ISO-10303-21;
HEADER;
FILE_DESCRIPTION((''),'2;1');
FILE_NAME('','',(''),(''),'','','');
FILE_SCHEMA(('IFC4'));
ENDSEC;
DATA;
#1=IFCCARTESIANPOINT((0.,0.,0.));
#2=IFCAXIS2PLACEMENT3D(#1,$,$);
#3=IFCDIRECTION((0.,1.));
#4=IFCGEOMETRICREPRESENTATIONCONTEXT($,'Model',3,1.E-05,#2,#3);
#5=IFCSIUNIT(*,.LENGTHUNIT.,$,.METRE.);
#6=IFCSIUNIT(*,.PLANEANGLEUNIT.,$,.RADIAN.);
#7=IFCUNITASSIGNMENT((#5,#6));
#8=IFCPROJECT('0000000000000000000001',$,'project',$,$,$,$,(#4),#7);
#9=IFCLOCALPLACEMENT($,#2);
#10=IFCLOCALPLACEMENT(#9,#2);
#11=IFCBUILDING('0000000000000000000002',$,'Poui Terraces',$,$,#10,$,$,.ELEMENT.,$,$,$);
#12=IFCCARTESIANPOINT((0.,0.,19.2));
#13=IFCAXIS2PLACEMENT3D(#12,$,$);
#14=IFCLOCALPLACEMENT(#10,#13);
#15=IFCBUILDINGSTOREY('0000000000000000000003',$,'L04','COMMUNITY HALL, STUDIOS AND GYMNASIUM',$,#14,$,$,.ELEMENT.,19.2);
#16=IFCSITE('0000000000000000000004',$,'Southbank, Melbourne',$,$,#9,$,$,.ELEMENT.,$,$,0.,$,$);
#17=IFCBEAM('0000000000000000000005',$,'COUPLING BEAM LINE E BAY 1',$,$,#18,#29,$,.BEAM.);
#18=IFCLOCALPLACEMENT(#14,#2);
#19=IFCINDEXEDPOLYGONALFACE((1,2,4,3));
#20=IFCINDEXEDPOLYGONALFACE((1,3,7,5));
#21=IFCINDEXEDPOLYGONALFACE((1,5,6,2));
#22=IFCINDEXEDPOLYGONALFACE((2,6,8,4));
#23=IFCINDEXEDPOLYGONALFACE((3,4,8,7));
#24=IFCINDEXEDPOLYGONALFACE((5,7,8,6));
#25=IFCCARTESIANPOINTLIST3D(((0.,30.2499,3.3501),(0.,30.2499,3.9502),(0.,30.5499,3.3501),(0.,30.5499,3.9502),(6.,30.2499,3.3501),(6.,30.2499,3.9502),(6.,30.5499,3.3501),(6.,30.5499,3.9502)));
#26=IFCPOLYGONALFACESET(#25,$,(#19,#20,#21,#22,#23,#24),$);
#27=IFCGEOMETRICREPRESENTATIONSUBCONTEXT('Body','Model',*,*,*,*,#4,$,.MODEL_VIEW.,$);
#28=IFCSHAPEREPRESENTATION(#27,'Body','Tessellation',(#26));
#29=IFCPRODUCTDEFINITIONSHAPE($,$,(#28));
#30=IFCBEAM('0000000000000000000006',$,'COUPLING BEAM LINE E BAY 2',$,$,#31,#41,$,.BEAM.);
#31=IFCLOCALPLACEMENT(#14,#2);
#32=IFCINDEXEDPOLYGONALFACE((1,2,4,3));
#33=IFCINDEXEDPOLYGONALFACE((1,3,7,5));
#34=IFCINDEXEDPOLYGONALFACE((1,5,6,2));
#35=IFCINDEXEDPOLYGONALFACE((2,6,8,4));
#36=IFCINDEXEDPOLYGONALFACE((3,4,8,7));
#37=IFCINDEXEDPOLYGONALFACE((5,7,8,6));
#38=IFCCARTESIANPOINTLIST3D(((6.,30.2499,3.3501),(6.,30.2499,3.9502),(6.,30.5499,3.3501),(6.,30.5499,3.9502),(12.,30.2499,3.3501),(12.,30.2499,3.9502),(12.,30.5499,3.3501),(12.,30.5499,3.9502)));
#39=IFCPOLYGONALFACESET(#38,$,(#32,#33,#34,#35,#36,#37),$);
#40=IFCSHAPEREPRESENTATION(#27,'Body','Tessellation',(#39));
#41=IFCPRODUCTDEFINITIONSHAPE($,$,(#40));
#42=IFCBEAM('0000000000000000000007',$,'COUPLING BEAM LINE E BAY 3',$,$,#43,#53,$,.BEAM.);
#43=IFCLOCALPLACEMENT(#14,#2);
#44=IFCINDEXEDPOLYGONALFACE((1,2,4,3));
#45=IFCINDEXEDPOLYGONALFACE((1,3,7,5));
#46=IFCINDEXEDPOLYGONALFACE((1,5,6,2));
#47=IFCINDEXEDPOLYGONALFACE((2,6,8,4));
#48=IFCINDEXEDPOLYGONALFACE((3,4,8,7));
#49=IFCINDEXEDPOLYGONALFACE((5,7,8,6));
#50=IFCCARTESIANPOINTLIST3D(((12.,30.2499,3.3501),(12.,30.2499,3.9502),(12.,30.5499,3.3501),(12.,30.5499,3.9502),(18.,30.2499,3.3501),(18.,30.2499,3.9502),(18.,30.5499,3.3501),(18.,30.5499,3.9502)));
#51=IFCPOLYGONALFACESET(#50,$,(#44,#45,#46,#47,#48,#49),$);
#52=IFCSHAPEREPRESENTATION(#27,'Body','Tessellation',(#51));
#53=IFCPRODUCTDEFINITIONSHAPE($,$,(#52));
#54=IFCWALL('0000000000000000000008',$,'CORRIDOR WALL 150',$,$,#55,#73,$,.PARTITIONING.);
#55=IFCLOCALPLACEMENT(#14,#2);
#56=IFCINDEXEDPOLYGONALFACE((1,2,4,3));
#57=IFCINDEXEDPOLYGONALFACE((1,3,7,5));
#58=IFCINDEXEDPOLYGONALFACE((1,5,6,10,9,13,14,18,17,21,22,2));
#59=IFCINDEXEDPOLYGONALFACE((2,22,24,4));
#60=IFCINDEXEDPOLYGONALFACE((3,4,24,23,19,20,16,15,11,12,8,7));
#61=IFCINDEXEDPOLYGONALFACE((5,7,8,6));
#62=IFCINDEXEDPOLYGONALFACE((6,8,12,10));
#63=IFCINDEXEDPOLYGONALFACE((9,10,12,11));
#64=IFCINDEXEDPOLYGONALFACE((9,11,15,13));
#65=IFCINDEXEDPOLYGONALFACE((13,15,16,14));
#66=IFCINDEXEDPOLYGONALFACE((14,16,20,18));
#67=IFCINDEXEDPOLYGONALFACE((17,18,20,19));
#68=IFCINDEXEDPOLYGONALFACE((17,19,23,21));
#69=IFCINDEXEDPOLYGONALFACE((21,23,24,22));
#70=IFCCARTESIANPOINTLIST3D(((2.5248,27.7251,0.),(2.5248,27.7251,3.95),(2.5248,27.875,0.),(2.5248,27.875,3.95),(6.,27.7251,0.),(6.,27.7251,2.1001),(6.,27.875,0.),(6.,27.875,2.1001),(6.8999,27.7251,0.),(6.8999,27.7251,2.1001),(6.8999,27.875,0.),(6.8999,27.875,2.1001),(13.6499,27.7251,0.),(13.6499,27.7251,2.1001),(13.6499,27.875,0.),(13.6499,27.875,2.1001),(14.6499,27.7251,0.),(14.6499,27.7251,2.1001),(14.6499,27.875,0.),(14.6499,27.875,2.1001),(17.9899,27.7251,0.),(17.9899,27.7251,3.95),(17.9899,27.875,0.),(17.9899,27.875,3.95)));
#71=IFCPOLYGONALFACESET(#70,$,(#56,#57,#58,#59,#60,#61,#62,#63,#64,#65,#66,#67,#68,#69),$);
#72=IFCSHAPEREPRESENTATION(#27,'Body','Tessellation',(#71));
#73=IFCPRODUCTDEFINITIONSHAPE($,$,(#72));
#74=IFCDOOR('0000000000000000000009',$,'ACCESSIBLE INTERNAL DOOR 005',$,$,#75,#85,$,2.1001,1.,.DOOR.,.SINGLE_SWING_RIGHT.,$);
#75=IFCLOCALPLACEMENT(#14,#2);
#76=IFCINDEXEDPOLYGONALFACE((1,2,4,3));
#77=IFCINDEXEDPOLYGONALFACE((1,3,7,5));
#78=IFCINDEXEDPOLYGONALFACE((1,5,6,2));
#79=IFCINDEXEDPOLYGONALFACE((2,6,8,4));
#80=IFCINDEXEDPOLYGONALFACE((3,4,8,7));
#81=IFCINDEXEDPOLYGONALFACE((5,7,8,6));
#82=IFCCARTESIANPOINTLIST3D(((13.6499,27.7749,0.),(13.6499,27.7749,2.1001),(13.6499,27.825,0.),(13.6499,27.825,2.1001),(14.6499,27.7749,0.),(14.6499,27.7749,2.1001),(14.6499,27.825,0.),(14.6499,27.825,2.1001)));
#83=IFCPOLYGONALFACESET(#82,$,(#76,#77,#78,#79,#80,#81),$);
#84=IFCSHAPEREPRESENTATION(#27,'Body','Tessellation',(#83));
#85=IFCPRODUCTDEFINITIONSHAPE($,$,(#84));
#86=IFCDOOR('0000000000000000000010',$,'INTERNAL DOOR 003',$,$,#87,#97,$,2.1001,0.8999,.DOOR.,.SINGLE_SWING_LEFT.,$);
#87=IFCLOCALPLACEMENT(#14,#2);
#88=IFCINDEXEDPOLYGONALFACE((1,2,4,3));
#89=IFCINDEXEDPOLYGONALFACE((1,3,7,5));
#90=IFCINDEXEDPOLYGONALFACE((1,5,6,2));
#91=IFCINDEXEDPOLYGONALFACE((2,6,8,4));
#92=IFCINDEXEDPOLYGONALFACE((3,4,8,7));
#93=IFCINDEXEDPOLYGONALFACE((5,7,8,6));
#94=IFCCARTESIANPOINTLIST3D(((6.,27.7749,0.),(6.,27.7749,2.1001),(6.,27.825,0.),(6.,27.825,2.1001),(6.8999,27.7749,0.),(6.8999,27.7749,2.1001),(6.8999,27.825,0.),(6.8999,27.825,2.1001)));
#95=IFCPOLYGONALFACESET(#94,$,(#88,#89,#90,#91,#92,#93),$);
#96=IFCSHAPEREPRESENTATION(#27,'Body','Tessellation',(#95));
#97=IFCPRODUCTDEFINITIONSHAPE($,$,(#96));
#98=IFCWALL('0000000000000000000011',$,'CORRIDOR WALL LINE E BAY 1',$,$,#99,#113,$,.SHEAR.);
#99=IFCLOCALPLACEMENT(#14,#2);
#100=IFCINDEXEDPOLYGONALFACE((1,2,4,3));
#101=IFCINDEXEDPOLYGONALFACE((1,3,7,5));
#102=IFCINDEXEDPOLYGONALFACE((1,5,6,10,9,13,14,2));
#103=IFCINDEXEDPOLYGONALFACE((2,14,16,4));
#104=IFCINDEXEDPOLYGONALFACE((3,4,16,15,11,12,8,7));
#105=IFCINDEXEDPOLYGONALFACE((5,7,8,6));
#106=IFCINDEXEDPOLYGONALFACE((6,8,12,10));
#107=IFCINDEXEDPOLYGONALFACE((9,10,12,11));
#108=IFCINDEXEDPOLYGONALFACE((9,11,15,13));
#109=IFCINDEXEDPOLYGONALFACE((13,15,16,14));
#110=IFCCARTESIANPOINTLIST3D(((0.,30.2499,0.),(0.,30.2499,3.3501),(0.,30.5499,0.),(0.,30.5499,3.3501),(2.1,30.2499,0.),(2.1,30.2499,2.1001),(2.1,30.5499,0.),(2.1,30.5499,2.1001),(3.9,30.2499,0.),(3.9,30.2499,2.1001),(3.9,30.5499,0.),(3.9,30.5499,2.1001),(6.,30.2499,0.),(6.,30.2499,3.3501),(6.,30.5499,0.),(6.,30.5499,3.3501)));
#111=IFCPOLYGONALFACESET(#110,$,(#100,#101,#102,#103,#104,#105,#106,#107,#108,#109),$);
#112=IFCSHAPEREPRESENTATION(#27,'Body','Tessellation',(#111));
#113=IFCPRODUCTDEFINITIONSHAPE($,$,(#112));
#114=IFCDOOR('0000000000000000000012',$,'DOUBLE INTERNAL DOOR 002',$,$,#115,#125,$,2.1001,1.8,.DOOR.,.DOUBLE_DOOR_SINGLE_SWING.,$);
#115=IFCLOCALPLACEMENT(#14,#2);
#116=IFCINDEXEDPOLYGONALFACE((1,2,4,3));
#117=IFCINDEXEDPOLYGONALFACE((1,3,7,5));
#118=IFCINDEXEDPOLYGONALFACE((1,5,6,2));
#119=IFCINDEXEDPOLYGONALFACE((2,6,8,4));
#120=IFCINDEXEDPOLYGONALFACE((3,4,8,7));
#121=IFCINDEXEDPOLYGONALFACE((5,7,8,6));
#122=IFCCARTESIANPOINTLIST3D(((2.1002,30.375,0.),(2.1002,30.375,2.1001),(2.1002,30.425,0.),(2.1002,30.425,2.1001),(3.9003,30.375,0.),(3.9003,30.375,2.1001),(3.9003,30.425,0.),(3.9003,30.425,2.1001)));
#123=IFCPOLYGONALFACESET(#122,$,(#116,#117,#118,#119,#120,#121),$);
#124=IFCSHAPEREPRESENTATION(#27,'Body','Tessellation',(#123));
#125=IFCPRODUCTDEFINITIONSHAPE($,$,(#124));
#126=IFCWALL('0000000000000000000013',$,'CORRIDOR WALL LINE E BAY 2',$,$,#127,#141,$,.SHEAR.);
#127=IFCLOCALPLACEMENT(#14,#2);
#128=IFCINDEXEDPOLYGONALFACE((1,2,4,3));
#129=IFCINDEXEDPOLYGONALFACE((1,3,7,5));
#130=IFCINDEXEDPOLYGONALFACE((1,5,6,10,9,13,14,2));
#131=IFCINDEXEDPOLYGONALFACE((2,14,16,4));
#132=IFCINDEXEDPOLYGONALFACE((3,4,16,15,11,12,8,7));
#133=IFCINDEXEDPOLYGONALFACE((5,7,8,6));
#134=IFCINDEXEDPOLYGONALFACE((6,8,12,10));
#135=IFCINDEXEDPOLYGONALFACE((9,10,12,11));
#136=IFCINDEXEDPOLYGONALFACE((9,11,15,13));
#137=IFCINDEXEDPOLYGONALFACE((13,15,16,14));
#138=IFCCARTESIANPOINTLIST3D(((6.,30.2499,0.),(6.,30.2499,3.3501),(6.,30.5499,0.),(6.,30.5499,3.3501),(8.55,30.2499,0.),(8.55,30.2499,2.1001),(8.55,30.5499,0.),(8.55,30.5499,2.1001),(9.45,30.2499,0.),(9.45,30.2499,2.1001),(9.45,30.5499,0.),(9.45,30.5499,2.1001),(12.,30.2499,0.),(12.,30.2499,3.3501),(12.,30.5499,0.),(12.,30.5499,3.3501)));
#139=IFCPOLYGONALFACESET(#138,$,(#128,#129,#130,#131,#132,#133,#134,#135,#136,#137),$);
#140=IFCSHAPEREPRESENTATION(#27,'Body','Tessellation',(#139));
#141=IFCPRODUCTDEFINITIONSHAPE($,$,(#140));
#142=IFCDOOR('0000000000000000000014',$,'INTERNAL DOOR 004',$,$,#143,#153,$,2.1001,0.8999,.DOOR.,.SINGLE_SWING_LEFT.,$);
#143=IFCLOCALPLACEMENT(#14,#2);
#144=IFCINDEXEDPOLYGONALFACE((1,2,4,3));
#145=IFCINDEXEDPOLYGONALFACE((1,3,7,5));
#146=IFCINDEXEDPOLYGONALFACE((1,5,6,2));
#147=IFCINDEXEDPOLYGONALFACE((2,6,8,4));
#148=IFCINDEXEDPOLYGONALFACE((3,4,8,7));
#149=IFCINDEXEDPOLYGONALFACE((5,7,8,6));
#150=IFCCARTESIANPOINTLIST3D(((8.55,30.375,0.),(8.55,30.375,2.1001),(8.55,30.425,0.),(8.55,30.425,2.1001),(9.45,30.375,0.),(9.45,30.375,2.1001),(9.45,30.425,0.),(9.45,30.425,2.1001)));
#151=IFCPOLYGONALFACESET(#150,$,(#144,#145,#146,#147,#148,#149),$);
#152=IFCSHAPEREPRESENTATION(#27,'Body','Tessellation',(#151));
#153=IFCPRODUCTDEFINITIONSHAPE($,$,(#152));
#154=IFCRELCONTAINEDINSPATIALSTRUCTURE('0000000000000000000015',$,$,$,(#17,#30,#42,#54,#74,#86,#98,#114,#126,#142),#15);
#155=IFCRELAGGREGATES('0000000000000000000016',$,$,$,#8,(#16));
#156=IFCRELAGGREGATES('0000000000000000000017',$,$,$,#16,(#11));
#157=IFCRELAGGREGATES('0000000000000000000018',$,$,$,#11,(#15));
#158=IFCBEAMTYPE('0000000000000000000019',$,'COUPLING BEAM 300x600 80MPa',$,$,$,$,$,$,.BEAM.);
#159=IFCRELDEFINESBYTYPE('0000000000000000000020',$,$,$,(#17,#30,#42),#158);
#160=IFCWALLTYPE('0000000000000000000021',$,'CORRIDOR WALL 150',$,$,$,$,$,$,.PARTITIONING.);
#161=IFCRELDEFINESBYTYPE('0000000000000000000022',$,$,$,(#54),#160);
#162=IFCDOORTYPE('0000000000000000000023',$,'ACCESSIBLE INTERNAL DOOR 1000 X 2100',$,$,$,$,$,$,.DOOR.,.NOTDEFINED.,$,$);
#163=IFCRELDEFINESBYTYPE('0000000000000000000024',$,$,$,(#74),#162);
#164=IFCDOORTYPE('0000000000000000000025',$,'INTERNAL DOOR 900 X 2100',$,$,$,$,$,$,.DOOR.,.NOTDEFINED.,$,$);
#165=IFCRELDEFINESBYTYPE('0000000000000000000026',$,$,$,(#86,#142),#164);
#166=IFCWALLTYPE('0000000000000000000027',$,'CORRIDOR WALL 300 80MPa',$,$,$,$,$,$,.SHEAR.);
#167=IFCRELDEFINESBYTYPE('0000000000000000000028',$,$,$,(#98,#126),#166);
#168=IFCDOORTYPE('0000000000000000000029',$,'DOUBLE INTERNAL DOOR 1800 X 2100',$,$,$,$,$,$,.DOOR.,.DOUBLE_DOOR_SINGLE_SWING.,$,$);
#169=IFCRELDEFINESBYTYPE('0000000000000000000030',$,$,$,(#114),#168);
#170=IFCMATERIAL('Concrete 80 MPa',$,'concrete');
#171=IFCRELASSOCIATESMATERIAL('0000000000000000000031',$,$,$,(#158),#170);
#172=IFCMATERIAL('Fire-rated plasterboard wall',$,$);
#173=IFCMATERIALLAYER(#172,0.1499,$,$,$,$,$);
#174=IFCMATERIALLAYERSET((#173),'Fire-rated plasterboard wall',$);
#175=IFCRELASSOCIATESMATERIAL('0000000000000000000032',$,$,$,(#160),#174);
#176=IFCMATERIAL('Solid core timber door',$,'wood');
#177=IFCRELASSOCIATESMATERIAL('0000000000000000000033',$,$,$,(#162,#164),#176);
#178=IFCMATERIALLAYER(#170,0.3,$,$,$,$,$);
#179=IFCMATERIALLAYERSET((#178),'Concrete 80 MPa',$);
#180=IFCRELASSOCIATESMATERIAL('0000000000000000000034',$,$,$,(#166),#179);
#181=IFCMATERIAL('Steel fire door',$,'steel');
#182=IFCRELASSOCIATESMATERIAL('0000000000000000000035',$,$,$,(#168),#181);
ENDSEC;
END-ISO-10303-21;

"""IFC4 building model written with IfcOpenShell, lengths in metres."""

from ifc_helpers import new_model, si_unit, direction, frame, frame_2d, origin, origin_2d, place, context, subcontext, project, spatial, rectangle, extrude, source, transform, mapped, material, layer, layer_set, material_profile, profile_set, type_object, element, fill, save


model = new_model("IFC4")

# Units and contexts
model_context = context("Model", 3, precision=1e-05, world=origin(), true_north=direction((0.0, 1.0)))
body_context = subcontext(model_context, "Body", "Model", "MODEL_VIEW")
ifc_project = project(units=[si_unit("LENGTHUNIT", "METRE"), si_unit("PLANEANGLEUNIT", "RADIAN")], contexts=[model_context])

# Site, building, storey
site_placement = place(None, origin())
site = spatial("IfcSite", under=ifc_project, at=site_placement, Name="Southbank, Melbourne", CompositionType="ELEMENT", RefElevation=0.0)
building_placement = place(site_placement, origin())
building = spatial("IfcBuilding", under=site, at=building_placement, Name="Poui Terraces", CompositionType="ELEMENT")
storey_placement = place(building_placement, frame((0.0, 0.0, 19.2)))
storey = spatial("IfcBuildingStorey", under=building, at=storey_placement, Name="L04", Description="COMMUNITY HALL, STUDIOS AND GYMNASIUM", CompositionType="ELEMENT", Elevation=19.2)

# Beams
ifc_material_1 = material(Name="Concrete 80 MPa", Category="concrete")
ifc_material_profile = material_profile(ifc_material_1, rectangle(XDim=0.3, YDim=0.6001, at=origin_2d()), Name="RC 300x600")
ifc_profile_set = profile_set([ifc_material_profile], Name="Concrete 80 MPa")
beam_type = type_object("IfcBeamType", Name="COUPLING BEAM 300x600 80MPa", PredefinedType="BEAM", material=ifc_profile_set)
shared_shape = source(origin(), body_context, "Body", "SweptSolid", [
    extrude(rectangle(XDim=0.3, YDim=0.6001, at=origin_2d()), origin(), (0.0, 0.0, 1.0), 6.0),
])
for number, where, z_axis, x_axis, name in (
    (1, (0.0, 30.3999, 3.6501), (1.0, 0.0, 0.0), (0.0, 1.0, 0.0), "COUPLING BEAM LINE E BAY 1"),
    (2, (6.0, 30.3999, 3.6501), (1.0, 0.0, 0.0), (0.0, 1.0, 0.0), "COUPLING BEAM LINE E BAY 2"),
    (3, (12.0, 30.3999, 3.6501), (1.0, 0.0, 0.0), (0.0, 1.0, 0.0), "COUPLING BEAM LINE E BAY 3"),
):
    element("IfcBeam", number, at=place(storey_placement, frame(where, z_axis=z_axis, x_axis=x_axis)), inside=storey, type_object=beam_type, Name=name, PredefinedType="BEAM", context=body_context, shape_type="MappedRepresentation", body=[
        mapped(shared_shape, transform((0.0, 0.0, 0.0))),
    ])

# Wall, openings, doors
ifc_material_2 = material(Name="Fire-rated plasterboard wall")
ifc_layer_1 = layer(ifc_material_2, 0.1499)
ifc_layer_set_1 = layer_set([ifc_layer_1], Name="Fire-rated plasterboard wall")
wall_type_1 = type_object("IfcWallType", Name="CORRIDOR WALL 150", PredefinedType="PARTITIONING", material=ifc_layer_set_1)
wall_1_placement = place(storey_placement, frame((2.5249, 27.8, 0.0), z_axis=(0.0, 0.0, 1.0), x_axis=(1.0, 0.0, 0.0)))
wall_1 = element("IfcWall", 4, at=wall_1_placement, inside=storey, type_object=wall_type_1, Name="CORRIDOR WALL 150", PredefinedType="PARTITIONING", context=body_context, shape_type="SweptSolid", body=[
    extrude(rectangle(XDim=15.4651, YDim=0.1499, at=frame_2d((7.7324, 0.0))), origin(), (0.0, 0.0, 1.0), 3.95),
])
opening_1_placement = place(wall_1_placement, frame((3.4751, 0.0, 0.0)))
opening_1 = element("IfcOpeningElement", 5, at=opening_1_placement, cuts=wall_1, PredefinedType="OPENING", context=body_context, shape_type="SweptSolid", body=[
    extrude(rectangle(XDim=0.8999, YDim=2.1001, at=frame_2d((0.45, 1.05))), frame((0.0, 0.085, 0.0), z_axis=(0.0, -1.0, 0.0), x_axis=(1.0, 0.0, 0.0)), (0.0, 0.0, 1.0), 0.1699),
])
opening_2_placement = place(wall_1_placement, frame((11.125, 0.0, 0.0)))
opening_2 = element("IfcOpeningElement", 6, at=opening_2_placement, cuts=wall_1, PredefinedType="OPENING", context=body_context, shape_type="SweptSolid", body=[
    extrude(rectangle(XDim=1.0, YDim=2.1001, at=frame_2d((0.5, 1.05))), frame((0.0, 0.085, 0.0), z_axis=(0.0, -1.0, 0.0), x_axis=(1.0, 0.0, 0.0)), (0.0, 0.0, 1.0), 0.1699),
])
ifc_material_3 = material(Name="Solid core timber door", Category="wood")
door_type_1 = type_object("IfcDoorType", Name="ACCESSIBLE INTERNAL DOOR 1000 X 2100", OperationType="NOTDEFINED", PredefinedType="DOOR", material=ifc_material_3)
door_1_placement = place(opening_2_placement, origin())
door_1 = element("IfcDoor", 7, at=door_1_placement, inside=storey, type_object=door_type_1, Name="ACCESSIBLE INTERNAL DOOR 005", OperationType="SINGLE_SWING_RIGHT", OverallHeight=2.1001, OverallWidth=1.0, PredefinedType="DOOR", context=body_context, shape_type="SweptSolid", body=[
    extrude(rectangle(XDim=1.0, YDim=2.1001, at=frame_2d((0.5, 1.05))), frame((0.0, 0.0249, 0.0), z_axis=(0.0, -1.0, 0.0), x_axis=(1.0, 0.0, 0.0)), (0.0, 0.0, 1.0), 0.05),
])
fill(opening_2, door_1)
door_type_2 = type_object("IfcDoorType", Name="INTERNAL DOOR 900 X 2100", OperationType="NOTDEFINED", PredefinedType="DOOR", material=ifc_material_3)
door_2_placement = place(opening_1_placement, origin())
door_2 = element("IfcDoor", 8, at=door_2_placement, inside=storey, type_object=door_type_2, Name="INTERNAL DOOR 003", OperationType="SINGLE_SWING_LEFT", OverallHeight=2.1001, OverallWidth=0.8999, PredefinedType="DOOR", context=body_context, shape_type="SweptSolid", body=[
    extrude(rectangle(XDim=0.8999, YDim=2.1001, at=frame_2d((0.45, 1.05))), frame((0.0, 0.0249, 0.0), z_axis=(0.0, -1.0, 0.0), x_axis=(1.0, 0.0, 0.0)), (0.0, 0.0, 1.0), 0.05),
])
fill(opening_1, door_2)

# Walls, openings, doors
ifc_layer_2 = layer(ifc_material_1, 0.3)
ifc_layer_set_2 = layer_set([ifc_layer_2], Name="Concrete 80 MPa")
wall_type_2 = type_object("IfcWallType", Name="CORRIDOR WALL 300 80MPa", PredefinedType="SHEAR", material=ifc_layer_set_2)
wall_2_placement = place(storey_placement, frame((0.0, 30.3999, 0.0), z_axis=(0.0, 0.0, 1.0), x_axis=(1.0, 0.0, 0.0)))
wall_2 = element("IfcWall", 9, at=wall_2_placement, inside=storey, type_object=wall_type_2, Name="CORRIDOR WALL LINE E BAY 1", PredefinedType="SHEAR", context=body_context, shape_type="SweptSolid", body=[
    extrude(rectangle(XDim=6.0, YDim=0.3, at=frame_2d((3.0, 0.0))), origin(), (0.0, 0.0, 1.0), 3.3501),
])
opening_3_placement = place(wall_2_placement, frame((2.1001, 0.0, 0.0)))
opening_3 = element("IfcOpeningElement", 10, at=opening_3_placement, cuts=wall_2, PredefinedType="OPENING", context=body_context, shape_type="SweptSolid", body=[
    extrude(rectangle(XDim=1.8, YDim=2.1001, at=frame_2d((0.8999, 1.05))), frame((0.0, 0.1602, 0.0), z_axis=(0.0, -1.0, 0.0), x_axis=(1.0, 0.0, 0.0)), (0.0, 0.0, 1.0), 0.3201),
])
ifc_material_4 = material(Name="Steel fire door", Category="steel")
door_type_3 = type_object("IfcDoorType", Name="DOUBLE INTERNAL DOOR 1800 X 2100", OperationType="DOUBLE_DOOR_SINGLE_SWING", PredefinedType="DOOR", material=ifc_material_4)
door_3_placement = place(opening_3_placement, frame((1.8, 0.0, 0.0), z_axis=(0.0, 0.0, 1.0), x_axis=(-1.0, 0.0, 0.0)))
door_3 = element("IfcDoor", 11, at=door_3_placement, inside=storey, type_object=door_type_3, Name="DOUBLE INTERNAL DOOR 002", OperationType="DOUBLE_DOOR_SINGLE_SWING", OverallHeight=2.1001, OverallWidth=1.8, PredefinedType="DOOR", context=body_context, shape_type="SweptSolid", body=[
    extrude(rectangle(XDim=1.8, YDim=2.1001, at=frame_2d((0.8999, 1.05))), frame((0.0, 0.0249, 0.0), z_axis=(0.0, -1.0, 0.0), x_axis=(1.0, 0.0, 0.0)), (0.0, 0.0, 1.0), 0.05),
])
fill(opening_3, door_3)
wall_3_placement = place(storey_placement, frame((6.0, 30.3999, 0.0), z_axis=(0.0, 0.0, 1.0), x_axis=(1.0, 0.0, 0.0)))
wall_3 = element("IfcWall", 12, at=wall_3_placement, inside=storey, type_object=wall_type_2, Name="CORRIDOR WALL LINE E BAY 2", PredefinedType="SHEAR", context=body_context, shape_type="SweptSolid", body=[
    extrude(rectangle(XDim=6.0, YDim=0.3, at=frame_2d((3.0, 0.0))), origin(), (0.0, 0.0, 1.0), 3.3501),
])
opening_4_placement = place(wall_3_placement, frame((2.55, 0.0, 0.0)))
opening_4 = element("IfcOpeningElement", 13, at=opening_4_placement, cuts=wall_3, PredefinedType="OPENING", context=body_context, shape_type="SweptSolid", body=[
    extrude(rectangle(XDim=0.8999, YDim=2.1001, at=frame_2d((0.45, 1.05))), frame((0.0, 0.1602, 0.0), z_axis=(0.0, -1.0, 0.0), x_axis=(1.0, 0.0, 0.0)), (0.0, 0.0, 1.0), 0.3201),
])
door_4_placement = place(opening_4_placement, frame((0.8999, 0.0, 0.0), z_axis=(0.0, 0.0, 1.0), x_axis=(-1.0, 0.0, 0.0)))
door_4 = element("IfcDoor", 14, at=door_4_placement, inside=storey, type_object=door_type_2, Name="INTERNAL DOOR 004", OperationType="SINGLE_SWING_LEFT", OverallHeight=2.1001, OverallWidth=0.8999, PredefinedType="DOOR", context=body_context, shape_type="SweptSolid", body=[
    extrude(rectangle(XDim=0.8999, YDim=2.1001, at=frame_2d((0.45, 1.05))), frame((0.0, 0.0249, 0.0), z_axis=(0.0, -1.0, 0.0), x_axis=(1.0, 0.0, 0.0)), (0.0, 0.0, 1.0), 0.05),
])
fill(opening_4, door_4)

save(model, "model.ifc")
